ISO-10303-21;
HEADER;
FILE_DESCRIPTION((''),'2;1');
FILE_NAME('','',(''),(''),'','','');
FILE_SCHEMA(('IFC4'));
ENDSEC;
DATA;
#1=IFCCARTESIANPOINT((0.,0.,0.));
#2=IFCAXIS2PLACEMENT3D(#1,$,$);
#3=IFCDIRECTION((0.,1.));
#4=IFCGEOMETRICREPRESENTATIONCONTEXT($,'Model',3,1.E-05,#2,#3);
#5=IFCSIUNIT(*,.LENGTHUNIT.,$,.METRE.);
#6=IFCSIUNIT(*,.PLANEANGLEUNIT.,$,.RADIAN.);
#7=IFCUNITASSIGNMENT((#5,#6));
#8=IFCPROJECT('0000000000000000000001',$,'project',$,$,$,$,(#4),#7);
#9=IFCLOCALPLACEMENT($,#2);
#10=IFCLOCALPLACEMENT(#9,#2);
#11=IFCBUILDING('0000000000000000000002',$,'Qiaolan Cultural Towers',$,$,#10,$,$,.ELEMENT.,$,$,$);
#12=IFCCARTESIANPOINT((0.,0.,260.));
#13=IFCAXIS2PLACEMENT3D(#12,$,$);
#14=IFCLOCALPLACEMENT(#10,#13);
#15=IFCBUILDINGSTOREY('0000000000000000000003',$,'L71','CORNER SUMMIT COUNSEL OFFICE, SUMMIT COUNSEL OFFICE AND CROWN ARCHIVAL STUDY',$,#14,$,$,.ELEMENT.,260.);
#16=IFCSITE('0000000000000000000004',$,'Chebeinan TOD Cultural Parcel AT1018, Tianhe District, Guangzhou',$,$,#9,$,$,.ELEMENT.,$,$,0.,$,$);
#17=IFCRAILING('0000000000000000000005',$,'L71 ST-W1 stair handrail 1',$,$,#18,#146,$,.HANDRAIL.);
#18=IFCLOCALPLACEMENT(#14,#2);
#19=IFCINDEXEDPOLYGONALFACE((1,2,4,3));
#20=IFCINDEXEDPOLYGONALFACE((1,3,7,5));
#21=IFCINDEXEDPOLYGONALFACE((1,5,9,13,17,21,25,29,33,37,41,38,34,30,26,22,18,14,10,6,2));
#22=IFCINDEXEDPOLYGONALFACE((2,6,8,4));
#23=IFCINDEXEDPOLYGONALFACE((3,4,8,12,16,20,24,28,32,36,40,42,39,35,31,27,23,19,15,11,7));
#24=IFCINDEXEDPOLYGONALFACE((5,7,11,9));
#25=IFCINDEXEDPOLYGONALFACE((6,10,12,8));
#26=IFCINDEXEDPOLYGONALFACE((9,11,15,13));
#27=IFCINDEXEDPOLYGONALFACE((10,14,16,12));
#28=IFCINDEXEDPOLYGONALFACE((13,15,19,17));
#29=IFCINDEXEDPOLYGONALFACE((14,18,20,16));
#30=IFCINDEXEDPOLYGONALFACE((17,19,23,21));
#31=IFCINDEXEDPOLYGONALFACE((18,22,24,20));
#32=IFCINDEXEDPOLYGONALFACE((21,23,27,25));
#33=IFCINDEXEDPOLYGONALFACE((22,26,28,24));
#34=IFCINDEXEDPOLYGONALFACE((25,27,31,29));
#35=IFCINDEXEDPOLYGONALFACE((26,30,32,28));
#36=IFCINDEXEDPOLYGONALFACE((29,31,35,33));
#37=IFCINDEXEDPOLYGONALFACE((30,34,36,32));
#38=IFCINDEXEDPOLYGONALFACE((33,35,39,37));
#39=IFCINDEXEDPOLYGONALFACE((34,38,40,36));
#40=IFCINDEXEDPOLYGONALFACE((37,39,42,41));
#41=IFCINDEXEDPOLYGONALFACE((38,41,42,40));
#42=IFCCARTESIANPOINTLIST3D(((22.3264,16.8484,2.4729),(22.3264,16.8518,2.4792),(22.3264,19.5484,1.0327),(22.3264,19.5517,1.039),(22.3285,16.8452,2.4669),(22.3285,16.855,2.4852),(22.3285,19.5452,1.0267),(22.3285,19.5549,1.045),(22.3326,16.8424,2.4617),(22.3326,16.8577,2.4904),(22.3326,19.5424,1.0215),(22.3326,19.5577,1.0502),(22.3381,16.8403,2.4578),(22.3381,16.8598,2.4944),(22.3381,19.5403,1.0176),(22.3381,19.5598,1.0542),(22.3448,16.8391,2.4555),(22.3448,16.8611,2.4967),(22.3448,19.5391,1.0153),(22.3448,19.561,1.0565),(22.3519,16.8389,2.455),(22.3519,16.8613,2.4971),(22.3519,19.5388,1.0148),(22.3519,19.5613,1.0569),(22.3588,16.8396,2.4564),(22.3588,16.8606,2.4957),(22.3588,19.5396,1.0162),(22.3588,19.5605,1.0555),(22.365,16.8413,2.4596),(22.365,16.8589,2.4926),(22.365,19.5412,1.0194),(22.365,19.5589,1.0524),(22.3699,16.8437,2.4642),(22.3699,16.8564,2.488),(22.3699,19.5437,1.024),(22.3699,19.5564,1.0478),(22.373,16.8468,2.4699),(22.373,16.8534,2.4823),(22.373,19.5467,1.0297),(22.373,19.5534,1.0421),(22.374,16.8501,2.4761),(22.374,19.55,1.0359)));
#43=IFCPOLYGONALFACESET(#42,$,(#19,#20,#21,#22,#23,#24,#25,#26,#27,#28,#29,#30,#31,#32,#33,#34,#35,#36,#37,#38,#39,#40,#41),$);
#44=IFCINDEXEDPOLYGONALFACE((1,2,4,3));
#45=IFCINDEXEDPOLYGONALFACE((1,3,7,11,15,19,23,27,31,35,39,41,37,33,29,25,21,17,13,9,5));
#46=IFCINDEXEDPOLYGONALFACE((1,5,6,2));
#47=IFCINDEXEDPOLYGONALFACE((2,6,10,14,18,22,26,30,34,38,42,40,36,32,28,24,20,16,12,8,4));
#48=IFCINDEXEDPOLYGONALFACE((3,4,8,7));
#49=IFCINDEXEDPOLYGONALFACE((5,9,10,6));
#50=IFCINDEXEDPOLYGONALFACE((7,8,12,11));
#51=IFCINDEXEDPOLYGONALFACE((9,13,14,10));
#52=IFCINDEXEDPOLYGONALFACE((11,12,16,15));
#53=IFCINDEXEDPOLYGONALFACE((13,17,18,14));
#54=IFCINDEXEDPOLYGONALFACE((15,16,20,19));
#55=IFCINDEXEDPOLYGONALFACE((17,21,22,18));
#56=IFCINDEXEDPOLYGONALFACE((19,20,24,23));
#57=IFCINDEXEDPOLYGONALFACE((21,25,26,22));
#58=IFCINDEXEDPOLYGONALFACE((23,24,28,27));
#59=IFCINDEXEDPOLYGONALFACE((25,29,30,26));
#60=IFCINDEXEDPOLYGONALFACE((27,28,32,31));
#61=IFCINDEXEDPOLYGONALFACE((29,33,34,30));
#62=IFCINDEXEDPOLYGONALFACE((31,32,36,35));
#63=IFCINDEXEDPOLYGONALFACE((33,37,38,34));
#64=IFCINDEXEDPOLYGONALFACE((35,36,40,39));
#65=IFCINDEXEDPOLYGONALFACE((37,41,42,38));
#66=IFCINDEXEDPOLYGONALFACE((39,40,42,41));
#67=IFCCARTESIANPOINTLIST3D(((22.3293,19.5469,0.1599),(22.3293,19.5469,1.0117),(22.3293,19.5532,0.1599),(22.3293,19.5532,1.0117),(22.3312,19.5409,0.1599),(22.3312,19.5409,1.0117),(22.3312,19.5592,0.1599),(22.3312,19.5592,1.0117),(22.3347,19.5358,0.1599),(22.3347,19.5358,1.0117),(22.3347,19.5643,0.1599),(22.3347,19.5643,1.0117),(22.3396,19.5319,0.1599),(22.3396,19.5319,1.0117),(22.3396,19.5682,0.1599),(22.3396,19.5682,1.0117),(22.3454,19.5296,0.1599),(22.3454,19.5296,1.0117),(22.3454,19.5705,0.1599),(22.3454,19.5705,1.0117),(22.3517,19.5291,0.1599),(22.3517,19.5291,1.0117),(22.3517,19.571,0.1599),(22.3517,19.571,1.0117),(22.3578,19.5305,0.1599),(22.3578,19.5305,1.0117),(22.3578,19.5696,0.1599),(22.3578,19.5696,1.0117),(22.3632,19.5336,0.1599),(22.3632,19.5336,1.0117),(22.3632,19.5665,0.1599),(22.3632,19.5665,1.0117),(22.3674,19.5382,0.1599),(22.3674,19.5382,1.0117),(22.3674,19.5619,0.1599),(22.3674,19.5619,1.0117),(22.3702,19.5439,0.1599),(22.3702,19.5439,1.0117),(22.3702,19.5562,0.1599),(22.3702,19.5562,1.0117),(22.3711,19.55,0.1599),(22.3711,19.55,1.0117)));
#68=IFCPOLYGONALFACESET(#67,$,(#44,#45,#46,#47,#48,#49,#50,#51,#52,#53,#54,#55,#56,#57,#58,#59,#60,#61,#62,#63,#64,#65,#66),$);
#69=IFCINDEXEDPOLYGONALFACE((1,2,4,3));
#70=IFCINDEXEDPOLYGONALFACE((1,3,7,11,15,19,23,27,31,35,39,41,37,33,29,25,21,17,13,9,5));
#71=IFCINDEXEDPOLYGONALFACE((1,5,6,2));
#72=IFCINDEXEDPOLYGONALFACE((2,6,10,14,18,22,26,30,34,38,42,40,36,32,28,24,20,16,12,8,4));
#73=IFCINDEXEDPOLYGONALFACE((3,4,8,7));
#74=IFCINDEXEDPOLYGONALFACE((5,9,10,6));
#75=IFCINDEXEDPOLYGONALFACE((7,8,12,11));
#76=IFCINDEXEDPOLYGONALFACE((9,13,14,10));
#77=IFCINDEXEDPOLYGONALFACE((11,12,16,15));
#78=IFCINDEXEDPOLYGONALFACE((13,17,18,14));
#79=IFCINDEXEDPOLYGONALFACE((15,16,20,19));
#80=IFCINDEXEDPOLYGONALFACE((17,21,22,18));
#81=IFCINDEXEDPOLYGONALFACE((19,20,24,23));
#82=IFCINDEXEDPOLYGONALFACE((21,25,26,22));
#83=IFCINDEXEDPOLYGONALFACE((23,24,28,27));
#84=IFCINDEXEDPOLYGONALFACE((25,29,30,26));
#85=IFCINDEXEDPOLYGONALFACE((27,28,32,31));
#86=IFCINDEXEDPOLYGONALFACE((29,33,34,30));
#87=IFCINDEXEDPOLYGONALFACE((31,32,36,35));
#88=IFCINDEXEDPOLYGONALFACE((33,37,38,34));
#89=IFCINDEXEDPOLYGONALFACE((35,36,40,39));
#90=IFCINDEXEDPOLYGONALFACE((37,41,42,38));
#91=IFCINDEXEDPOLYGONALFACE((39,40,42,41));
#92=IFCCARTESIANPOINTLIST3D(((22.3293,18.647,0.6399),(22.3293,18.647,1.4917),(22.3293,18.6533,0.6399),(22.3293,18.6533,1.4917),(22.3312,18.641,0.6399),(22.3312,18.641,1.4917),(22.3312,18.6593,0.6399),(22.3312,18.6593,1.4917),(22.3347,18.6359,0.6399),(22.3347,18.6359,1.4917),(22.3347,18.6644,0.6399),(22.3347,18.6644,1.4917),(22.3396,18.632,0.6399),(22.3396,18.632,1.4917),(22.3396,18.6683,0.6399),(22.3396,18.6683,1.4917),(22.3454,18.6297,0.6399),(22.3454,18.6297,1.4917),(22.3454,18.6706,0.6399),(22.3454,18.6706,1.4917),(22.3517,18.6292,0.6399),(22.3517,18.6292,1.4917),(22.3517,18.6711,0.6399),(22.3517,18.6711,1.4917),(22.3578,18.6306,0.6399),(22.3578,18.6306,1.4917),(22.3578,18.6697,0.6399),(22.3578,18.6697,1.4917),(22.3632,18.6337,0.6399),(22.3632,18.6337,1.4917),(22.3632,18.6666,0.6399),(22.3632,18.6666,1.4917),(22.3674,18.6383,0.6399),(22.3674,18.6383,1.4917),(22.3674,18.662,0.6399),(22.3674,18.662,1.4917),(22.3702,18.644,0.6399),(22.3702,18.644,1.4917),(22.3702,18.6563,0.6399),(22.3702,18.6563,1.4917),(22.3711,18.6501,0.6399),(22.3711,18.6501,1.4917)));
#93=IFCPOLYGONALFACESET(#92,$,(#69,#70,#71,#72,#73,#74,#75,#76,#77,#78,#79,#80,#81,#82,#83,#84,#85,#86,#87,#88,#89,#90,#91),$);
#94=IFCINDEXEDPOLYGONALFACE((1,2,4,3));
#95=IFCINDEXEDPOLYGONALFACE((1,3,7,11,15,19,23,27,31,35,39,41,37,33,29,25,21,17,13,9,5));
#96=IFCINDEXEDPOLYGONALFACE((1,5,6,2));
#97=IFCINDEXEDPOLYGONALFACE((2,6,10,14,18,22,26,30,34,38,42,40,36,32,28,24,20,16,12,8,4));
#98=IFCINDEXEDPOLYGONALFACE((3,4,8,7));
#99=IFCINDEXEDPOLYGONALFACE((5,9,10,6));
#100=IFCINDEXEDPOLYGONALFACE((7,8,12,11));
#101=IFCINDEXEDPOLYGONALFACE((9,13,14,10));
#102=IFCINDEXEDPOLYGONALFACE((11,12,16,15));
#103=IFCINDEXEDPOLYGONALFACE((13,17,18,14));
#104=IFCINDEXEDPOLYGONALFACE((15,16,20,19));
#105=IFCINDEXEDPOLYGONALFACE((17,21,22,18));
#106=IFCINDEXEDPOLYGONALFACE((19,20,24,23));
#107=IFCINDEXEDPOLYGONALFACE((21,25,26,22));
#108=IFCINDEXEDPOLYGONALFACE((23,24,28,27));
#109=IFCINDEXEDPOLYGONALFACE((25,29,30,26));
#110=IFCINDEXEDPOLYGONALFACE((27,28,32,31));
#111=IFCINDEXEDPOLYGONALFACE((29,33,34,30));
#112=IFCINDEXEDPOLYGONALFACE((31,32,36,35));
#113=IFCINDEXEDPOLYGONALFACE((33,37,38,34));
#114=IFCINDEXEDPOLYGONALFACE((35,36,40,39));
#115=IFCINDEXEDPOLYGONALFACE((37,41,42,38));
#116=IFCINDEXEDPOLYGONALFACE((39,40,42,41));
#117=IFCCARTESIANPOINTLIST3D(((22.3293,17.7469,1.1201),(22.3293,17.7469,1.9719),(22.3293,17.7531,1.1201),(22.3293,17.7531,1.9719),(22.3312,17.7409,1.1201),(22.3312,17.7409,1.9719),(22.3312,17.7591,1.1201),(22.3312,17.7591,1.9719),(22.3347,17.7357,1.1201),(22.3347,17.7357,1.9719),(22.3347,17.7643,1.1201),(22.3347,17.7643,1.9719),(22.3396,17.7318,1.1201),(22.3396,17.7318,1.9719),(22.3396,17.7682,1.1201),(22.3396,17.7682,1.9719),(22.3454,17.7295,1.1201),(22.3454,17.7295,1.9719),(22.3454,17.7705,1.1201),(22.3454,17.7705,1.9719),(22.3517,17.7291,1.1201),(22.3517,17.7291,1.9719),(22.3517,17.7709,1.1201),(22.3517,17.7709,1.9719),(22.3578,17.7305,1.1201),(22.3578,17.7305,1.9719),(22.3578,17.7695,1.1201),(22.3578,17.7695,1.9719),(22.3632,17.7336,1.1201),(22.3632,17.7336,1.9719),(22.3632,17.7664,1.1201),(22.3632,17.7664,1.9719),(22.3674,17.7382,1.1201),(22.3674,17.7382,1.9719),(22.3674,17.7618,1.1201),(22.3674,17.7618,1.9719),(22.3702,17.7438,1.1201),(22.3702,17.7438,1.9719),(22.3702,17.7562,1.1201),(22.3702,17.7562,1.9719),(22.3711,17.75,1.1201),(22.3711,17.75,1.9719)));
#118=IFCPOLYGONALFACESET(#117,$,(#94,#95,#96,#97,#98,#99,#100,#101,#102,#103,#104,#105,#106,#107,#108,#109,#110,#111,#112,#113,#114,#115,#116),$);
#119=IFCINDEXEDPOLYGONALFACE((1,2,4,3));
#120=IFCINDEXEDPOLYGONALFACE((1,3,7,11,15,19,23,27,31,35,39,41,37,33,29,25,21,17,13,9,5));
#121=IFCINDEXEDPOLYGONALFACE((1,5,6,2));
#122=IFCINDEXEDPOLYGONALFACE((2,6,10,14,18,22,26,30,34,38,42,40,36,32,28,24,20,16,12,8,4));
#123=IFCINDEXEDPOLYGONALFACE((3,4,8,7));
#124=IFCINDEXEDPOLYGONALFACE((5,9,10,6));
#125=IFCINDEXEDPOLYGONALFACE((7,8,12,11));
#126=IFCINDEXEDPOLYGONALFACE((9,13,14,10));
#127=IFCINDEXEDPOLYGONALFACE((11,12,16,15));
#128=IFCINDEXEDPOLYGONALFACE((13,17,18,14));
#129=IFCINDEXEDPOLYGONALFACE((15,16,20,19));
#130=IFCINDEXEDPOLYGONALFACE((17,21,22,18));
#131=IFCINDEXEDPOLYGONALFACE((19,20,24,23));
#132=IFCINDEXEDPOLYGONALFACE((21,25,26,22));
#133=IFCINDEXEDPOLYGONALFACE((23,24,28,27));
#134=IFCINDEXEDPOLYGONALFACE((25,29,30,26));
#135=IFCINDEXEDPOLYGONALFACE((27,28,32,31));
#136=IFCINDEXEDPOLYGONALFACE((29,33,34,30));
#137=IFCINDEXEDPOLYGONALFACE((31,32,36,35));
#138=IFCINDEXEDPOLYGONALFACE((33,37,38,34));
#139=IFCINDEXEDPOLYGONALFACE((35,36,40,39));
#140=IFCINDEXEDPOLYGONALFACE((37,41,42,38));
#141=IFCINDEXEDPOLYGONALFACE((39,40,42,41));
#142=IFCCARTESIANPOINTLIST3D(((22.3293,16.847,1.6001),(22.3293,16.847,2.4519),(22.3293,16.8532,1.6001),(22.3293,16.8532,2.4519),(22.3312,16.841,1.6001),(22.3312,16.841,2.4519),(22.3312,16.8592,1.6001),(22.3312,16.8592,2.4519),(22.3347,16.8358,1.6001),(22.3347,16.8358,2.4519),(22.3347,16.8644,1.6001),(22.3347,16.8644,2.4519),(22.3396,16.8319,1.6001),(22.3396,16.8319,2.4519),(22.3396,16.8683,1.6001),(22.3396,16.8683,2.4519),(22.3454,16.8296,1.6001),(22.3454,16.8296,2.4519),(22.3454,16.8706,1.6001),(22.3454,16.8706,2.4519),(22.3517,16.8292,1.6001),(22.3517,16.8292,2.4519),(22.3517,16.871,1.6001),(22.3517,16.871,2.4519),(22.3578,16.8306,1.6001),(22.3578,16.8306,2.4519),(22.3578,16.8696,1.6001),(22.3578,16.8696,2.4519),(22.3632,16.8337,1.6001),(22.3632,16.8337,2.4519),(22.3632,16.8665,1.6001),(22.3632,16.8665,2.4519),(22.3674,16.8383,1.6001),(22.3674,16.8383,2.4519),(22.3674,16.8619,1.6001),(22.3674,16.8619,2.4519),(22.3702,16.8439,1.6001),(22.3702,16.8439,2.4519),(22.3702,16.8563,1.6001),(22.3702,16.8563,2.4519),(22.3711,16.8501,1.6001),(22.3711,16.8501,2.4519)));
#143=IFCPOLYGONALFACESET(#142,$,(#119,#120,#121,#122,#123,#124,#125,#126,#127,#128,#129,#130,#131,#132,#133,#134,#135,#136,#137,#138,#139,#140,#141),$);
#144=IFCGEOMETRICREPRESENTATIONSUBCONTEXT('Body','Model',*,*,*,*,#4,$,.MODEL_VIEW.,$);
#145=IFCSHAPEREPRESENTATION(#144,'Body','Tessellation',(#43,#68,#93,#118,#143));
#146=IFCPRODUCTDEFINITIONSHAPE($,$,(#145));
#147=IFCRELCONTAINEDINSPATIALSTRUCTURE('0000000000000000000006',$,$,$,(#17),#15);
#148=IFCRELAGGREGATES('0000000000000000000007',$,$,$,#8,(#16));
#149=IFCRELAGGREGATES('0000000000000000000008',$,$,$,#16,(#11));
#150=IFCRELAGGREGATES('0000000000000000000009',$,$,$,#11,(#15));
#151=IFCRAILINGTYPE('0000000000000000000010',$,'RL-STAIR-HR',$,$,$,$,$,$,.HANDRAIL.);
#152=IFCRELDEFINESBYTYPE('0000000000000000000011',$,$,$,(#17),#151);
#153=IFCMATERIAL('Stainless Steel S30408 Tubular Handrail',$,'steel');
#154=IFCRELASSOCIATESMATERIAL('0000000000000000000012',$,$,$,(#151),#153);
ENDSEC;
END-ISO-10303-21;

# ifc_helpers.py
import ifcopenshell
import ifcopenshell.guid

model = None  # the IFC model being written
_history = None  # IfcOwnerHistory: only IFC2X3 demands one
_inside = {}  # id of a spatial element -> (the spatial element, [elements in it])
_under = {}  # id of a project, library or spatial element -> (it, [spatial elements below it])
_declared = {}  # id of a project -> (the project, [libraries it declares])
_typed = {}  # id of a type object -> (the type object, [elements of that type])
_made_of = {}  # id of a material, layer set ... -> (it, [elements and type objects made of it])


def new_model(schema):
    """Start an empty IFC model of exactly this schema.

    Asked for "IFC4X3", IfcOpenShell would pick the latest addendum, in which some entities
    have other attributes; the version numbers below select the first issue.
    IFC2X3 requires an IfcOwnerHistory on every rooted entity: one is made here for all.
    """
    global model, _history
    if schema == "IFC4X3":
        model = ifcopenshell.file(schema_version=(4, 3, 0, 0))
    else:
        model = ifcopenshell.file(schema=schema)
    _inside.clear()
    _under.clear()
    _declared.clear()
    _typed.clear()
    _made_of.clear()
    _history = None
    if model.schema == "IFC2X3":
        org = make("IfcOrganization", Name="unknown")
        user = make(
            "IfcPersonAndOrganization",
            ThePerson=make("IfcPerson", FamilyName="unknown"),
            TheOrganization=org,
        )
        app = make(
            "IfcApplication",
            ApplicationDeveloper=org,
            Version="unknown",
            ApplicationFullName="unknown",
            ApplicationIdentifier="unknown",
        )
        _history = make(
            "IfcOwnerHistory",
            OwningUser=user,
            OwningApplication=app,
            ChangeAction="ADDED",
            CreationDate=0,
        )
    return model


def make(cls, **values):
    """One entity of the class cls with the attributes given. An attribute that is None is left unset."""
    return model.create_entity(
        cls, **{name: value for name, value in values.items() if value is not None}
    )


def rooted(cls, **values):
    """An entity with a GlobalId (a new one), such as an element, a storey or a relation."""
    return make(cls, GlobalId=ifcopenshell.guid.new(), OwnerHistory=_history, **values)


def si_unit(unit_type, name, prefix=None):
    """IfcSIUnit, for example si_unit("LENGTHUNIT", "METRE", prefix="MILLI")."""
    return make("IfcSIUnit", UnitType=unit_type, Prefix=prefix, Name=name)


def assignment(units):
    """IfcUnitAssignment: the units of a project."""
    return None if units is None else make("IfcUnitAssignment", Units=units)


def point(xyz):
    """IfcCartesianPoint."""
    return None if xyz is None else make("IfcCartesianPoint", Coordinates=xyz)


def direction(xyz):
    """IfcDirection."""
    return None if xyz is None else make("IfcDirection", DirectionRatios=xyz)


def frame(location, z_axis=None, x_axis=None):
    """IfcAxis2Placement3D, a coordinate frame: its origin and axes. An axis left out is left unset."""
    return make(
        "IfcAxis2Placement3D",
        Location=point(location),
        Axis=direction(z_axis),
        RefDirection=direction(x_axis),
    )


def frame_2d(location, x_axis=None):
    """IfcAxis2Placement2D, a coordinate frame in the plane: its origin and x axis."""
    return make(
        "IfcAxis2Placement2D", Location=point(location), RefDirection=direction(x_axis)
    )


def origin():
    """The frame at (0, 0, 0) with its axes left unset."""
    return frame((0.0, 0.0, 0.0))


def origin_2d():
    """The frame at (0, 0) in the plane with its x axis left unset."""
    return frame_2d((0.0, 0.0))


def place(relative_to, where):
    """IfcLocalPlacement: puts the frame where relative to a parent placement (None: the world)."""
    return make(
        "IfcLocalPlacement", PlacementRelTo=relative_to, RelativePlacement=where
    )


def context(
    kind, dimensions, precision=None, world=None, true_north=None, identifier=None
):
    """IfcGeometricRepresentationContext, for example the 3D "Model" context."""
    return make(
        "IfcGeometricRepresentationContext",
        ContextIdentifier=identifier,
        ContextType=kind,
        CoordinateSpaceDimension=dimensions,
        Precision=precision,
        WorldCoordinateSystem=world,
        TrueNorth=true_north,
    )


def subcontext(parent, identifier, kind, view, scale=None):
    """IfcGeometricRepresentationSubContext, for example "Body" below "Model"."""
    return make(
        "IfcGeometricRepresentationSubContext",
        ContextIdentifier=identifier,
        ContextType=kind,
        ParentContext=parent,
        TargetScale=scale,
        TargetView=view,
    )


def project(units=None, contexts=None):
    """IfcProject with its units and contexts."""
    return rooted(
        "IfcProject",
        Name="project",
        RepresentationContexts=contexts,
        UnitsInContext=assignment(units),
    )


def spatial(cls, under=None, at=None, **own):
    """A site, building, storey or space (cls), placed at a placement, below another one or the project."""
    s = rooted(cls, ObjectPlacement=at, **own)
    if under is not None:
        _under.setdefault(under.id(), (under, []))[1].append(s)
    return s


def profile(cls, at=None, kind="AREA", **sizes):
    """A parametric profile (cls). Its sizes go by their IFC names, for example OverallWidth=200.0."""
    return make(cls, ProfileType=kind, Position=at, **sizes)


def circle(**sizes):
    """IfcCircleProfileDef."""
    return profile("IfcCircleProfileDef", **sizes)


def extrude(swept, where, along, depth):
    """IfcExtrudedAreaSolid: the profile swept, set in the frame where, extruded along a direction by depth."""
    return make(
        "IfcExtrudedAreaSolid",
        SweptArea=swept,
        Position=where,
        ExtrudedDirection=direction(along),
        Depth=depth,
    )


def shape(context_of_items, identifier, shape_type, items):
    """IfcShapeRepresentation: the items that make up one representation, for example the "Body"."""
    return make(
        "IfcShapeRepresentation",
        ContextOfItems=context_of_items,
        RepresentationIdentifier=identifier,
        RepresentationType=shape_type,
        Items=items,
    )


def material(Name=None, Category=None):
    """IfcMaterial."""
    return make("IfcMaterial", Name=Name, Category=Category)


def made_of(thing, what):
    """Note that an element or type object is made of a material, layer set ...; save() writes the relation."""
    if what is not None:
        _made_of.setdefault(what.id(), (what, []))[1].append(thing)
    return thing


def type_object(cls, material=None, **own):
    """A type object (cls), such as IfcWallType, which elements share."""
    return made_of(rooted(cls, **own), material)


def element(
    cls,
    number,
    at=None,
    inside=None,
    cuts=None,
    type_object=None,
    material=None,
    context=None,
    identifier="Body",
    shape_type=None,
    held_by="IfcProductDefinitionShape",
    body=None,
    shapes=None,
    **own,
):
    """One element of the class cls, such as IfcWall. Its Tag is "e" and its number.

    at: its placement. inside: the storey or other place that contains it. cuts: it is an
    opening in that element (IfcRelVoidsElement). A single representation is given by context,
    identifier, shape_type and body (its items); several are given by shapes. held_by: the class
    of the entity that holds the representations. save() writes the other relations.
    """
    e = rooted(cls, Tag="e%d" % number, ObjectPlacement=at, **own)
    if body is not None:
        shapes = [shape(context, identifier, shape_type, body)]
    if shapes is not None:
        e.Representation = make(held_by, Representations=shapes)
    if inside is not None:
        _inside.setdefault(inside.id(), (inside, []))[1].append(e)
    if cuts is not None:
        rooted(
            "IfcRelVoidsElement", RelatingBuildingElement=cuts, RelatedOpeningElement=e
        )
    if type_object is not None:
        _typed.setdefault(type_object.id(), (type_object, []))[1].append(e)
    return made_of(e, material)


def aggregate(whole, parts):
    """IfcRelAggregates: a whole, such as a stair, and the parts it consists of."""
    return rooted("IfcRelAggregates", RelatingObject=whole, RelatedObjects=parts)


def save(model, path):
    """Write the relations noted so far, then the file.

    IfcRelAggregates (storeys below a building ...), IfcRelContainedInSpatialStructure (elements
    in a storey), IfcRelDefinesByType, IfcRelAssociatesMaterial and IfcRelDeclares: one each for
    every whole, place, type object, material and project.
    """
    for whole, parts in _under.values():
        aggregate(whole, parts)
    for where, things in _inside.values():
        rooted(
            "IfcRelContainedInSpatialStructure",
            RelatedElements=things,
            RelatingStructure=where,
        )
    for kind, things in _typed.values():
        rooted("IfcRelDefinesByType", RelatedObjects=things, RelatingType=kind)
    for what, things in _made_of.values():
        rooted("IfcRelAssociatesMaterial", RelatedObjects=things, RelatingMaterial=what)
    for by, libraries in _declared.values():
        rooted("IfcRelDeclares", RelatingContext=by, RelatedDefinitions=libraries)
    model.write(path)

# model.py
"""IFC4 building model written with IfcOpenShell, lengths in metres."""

from ifc_helpers import new_model, si_unit, direction, frame, origin, origin_2d, place, context, subcontext, project, spatial, circle, extrude, material, type_object, element, save


model = new_model("IFC4")

# Units and contexts
model_context = context("Model", 3, precision=1e-05, world=origin(), true_north=direction((0.0, 1.0)))
body_context = subcontext(model_context, "Body", "Model", "MODEL_VIEW")
ifc_project = project(units=[si_unit("LENGTHUNIT", "METRE"), si_unit("PLANEANGLEUNIT", "RADIAN")], contexts=[model_context])

# Site, building, storey
site_placement = place(None, origin())
site = spatial("IfcSite", under=ifc_project, at=site_placement, Name="Chebeinan TOD Cultural Parcel AT1018, Tianhe District, Guangzhou", CompositionType="ELEMENT", RefElevation=0.0)
building_placement = place(site_placement, origin())
building = spatial("IfcBuilding", under=site, at=building_placement, Name="Qiaolan Cultural Towers", CompositionType="ELEMENT")
storey_placement = place(building_placement, frame((0.0, 0.0, 260.0)))
storey = spatial("IfcBuildingStorey", under=building, at=storey_placement, Name="L71", Description="CORNER SUMMIT COUNSEL OFFICE, SUMMIT COUNSEL OFFICE AND CROWN ARCHIVAL STUDY", CompositionType="ELEMENT", Elevation=260.0)

# Railing
ifc_material_1 = material(Name="Stainless Steel S30408 Tubular Handrail", Category="steel")
railing_type_1 = type_object("IfcRailingType", Name="RL-STAIR-HR", PredefinedType="HANDRAIL", material=ifc_material_1)
railing_1_placement = place(storey_placement, frame((22.3501, 19.55, 0.1599)))
element("IfcRailing", 1, at=railing_1_placement, inside=storey, type_object=railing_type_1, Name="L71 ST-W1 stair handrail 1", PredefinedType="HANDRAIL", context=body_context, shape_type="SweptSolid", body=[
    extrude(circle(Radius=0.0239, at=origin_2d()), frame((0.0, 0.0, 0.876), z_axis=(0.0, -0.882324, 0.470642), x_axis=(1.0, 0.0, 0.0)), (0.0, 0.0, 1.0), 3.0601),
    extrude(circle(Radius=0.021, at=origin_2d()), origin(), (0.0, 0.0, 1.0), 0.8518),
    extrude(circle(Radius=0.021, at=origin_2d()), frame((0.0, -0.8999, 0.48)), (0.0, 0.0, 1.0), 0.8518),
    extrude(circle(Radius=0.021, at=origin_2d()), frame((0.0, -1.8, 0.9602)), (0.0, 0.0, 1.0), 0.8518),
    extrude(circle(Radius=0.021, at=origin_2d()), frame((0.0, -2.7, 1.4402)), (0.0, 0.0, 1.0), 0.8518),
])

save(model, "model.ifc")
